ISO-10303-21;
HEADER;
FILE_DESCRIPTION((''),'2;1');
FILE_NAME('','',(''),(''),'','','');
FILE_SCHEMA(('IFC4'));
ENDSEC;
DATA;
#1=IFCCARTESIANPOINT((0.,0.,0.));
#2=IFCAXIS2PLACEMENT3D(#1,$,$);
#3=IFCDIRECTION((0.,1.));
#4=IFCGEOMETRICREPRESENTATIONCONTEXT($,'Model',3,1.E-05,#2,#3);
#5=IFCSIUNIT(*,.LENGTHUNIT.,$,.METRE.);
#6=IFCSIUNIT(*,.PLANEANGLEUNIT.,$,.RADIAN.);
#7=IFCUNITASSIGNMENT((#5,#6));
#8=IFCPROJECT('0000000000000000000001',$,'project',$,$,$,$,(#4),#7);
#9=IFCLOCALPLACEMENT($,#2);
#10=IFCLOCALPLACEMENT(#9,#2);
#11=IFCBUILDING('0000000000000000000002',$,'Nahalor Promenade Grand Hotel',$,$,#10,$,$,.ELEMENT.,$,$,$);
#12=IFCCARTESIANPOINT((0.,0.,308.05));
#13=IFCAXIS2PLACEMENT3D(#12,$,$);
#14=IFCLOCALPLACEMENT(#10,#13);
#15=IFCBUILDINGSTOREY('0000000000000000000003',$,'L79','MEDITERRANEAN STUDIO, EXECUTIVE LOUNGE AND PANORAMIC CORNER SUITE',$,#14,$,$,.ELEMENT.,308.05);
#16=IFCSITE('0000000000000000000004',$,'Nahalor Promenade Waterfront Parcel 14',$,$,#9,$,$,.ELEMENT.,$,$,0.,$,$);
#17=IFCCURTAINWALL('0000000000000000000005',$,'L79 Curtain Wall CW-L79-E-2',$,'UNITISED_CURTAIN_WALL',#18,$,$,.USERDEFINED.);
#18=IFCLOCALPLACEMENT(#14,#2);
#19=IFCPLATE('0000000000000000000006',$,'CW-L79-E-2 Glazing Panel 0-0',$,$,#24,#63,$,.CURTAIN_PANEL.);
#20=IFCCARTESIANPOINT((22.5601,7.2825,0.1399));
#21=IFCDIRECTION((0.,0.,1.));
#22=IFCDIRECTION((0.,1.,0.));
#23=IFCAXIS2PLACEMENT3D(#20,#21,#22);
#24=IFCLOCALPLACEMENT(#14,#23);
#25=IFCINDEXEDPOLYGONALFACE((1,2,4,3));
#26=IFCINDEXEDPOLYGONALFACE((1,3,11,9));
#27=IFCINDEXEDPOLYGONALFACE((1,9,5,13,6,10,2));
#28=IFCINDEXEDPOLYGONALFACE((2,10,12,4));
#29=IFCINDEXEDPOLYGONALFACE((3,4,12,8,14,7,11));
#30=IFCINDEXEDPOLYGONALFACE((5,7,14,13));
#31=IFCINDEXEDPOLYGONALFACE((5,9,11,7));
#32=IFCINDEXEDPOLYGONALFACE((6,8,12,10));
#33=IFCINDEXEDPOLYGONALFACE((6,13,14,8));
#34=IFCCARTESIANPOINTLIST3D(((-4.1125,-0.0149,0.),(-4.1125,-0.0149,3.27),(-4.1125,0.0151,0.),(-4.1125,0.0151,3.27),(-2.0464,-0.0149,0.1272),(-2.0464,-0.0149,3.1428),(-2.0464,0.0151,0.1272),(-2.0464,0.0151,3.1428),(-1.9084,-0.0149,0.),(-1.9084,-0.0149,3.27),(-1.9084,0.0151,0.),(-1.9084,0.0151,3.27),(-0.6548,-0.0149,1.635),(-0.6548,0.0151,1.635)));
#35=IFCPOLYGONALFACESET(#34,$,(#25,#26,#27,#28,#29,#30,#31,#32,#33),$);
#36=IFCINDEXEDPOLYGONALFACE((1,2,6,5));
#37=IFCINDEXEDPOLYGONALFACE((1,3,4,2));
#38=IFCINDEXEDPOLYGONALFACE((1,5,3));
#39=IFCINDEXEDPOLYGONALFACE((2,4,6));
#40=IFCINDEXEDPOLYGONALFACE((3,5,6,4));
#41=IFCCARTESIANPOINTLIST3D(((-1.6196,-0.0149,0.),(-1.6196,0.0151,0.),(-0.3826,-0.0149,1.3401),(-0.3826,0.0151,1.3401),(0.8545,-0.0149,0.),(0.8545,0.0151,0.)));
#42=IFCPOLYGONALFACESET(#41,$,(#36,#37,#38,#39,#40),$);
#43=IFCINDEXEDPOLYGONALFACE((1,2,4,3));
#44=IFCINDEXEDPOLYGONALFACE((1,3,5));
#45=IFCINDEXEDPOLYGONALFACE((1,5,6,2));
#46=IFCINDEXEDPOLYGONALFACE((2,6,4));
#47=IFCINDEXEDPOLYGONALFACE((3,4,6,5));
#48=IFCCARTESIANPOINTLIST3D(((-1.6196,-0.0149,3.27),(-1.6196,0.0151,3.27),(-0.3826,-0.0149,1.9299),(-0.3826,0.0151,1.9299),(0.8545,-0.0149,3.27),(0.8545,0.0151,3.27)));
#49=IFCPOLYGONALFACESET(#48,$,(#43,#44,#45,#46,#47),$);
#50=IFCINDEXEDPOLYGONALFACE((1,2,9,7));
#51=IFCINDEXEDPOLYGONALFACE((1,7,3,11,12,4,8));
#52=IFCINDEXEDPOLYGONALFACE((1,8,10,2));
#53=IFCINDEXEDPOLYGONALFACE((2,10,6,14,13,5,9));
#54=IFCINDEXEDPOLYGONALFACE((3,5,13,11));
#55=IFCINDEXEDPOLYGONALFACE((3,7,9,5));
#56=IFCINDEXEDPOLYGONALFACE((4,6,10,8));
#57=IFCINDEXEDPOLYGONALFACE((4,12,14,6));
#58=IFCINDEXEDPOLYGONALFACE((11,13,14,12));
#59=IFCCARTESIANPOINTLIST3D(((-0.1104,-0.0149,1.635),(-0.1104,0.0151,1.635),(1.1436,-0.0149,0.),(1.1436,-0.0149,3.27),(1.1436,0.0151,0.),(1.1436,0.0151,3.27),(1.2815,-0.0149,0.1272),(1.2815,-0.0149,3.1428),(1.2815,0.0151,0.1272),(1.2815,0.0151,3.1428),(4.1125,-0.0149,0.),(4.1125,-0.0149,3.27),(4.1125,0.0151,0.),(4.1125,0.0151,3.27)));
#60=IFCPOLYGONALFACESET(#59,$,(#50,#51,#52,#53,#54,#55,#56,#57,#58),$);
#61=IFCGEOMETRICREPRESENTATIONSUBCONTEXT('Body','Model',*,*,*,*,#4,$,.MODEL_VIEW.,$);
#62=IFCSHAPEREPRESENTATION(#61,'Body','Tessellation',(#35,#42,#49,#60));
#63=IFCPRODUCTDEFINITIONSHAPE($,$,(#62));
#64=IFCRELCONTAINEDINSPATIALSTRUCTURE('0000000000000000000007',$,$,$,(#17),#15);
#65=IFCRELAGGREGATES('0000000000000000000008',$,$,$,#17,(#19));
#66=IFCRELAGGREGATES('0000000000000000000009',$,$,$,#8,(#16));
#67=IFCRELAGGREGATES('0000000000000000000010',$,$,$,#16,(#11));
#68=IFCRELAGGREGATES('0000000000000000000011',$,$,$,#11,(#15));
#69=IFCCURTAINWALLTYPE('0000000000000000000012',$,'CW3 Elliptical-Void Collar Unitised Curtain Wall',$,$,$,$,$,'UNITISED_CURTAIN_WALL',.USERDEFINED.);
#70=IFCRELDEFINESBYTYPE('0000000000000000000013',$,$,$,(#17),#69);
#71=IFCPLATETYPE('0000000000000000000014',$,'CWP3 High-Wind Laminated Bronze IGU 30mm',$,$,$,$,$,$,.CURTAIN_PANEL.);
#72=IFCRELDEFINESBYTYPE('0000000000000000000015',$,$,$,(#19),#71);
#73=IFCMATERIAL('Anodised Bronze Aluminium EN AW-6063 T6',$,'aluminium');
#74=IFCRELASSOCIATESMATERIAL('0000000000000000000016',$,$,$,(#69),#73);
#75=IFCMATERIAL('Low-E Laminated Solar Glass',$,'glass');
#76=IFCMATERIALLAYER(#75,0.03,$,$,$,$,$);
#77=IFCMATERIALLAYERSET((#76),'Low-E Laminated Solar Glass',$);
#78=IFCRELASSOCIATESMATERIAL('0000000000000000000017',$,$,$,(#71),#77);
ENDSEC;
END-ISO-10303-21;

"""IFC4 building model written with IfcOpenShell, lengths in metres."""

from ifc_helpers import new_model, si_unit, direction, frame, origin, place, context, subcontext, project, spatial, polyline, outline, extrude, material, layer, layer_set, type_object, element, aggregate, save


model = new_model("IFC4")

# Units and contexts
model_context = context("Model", 3, precision=1e-05, world=origin(), true_north=direction((0.0, 1.0)))
body_context = subcontext(model_context, "Body", "Model", "MODEL_VIEW")
ifc_project = project(units=[si_unit("LENGTHUNIT", "METRE"), si_unit("PLANEANGLEUNIT", "RADIAN")], contexts=[model_context])

# Site, building, storey
site_placement = place(None, origin())
site = spatial("IfcSite", under=ifc_project, at=site_placement, Name="Nahalor Promenade Waterfront Parcel 14", CompositionType="ELEMENT", RefElevation=0.0)
building_placement = place(site_placement, origin())
building = spatial("IfcBuilding", under=site, at=building_placement, Name="Nahalor Promenade Grand Hotel", CompositionType="ELEMENT")
storey_placement = place(building_placement, frame((0.0, 0.0, 308.05)))
storey = spatial("IfcBuildingStorey", under=building, at=storey_placement, Name="L79", Description="MEDITERRANEAN STUDIO, EXECUTIVE LOUNGE AND PANORAMIC CORNER SUITE", CompositionType="ELEMENT", Elevation=308.05)

# Curtain wall
ifc_material_1 = material(Name="Anodised Bronze Aluminium EN AW-6063 T6", Category="aluminium")
curtain_wall_type = type_object("IfcCurtainWallType", Name="CW3 Elliptical-Void Collar Unitised Curtain Wall", ElementType="UNITISED_CURTAIN_WALL", PredefinedType="USERDEFINED", material=ifc_material_1)
curtain_wall_1_placement = place(storey_placement, origin())
curtain_wall_1 = element("IfcCurtainWall", 1, at=curtain_wall_1_placement, inside=storey, type_object=curtain_wall_type, Name="L79 Curtain Wall CW-L79-E-2", ObjectType="UNITISED_CURTAIN_WALL", PredefinedType="USERDEFINED")

# Plate
ifc_material_2 = material(Name="Low-E Laminated Solar Glass", Category="glass")
ifc_layer_1 = layer(ifc_material_2, 0.03)
ifc_layer_set_1 = layer_set([ifc_layer_1], Name="Low-E Laminated Solar Glass")
plate_type_1 = type_object("IfcPlateType", Name="CWP3 High-Wind Laminated Bronze IGU 30mm", PredefinedType="CURTAIN_PANEL", material=ifc_layer_set_1)
plate_1_placement = place(storey_placement, frame((22.5601, 7.2825, 0.1399), z_axis=(0.0, 0.0, 1.0), x_axis=(0.0, 1.0, 0.0)))
plate_1 = element("IfcPlate", 2, at=plate_1_placement, type_object=plate_type_1, Name="CW-L79-E-2 Glazing Panel 0-0", PredefinedType="CURTAIN_PANEL", context=body_context, shape_type="SweptSolid", body=[
    extrude(outline(polyline([(-4.1125, 3.27), (-4.1125, 0.0), (-1.9084, 0.0), (-2.0464, 0.1272), (-0.6548, 1.635), (-2.0464, 3.1428), (-1.9084, 3.27), (-4.1125, 3.27)])), frame((0.0, 0.0151, 0.0), z_axis=(0.0, -1.0, 0.0), x_axis=(1.0, 0.0, 0.0)), (0.0, 0.0, 1.0), 0.03),
    extrude(outline(polyline([(-0.3826, 1.3401), (-1.6196, 0.0), (0.8545, 0.0), (-0.3826, 1.3401)])), frame((0.0, 0.0151, 0.0), z_axis=(0.0, -1.0, 0.0), x_axis=(1.0, 0.0, 0.0)), (0.0, 0.0, 1.0), 0.03),
    extrude(outline(polyline([(-0.3826, 1.9299), (0.8545, 3.27), (-1.6196, 3.27), (-0.3826, 1.9299)])), frame((0.0, 0.0151, 0.0), z_axis=(0.0, -1.0, 0.0), x_axis=(1.0, 0.0, 0.0)), (0.0, 0.0, 1.0), 0.03),
    extrude(outline(polyline([(4.1125, 0.0), (4.1125, 3.27), (1.1436, 3.27), (1.2815, 3.1428), (-0.1104, 1.635), (1.2815, 0.1272), (1.1436, 0.0), (4.1125, 0.0)])), frame((0.0, 0.0151, 0.0), z_axis=(0.0, -1.0, 0.0), x_axis=(1.0, 0.0, 0.0)), (0.0, 0.0, 1.0), 0.03),
])
aggregate(curtain_wall_1, [plate_1])

save(model, "model.ifc")
